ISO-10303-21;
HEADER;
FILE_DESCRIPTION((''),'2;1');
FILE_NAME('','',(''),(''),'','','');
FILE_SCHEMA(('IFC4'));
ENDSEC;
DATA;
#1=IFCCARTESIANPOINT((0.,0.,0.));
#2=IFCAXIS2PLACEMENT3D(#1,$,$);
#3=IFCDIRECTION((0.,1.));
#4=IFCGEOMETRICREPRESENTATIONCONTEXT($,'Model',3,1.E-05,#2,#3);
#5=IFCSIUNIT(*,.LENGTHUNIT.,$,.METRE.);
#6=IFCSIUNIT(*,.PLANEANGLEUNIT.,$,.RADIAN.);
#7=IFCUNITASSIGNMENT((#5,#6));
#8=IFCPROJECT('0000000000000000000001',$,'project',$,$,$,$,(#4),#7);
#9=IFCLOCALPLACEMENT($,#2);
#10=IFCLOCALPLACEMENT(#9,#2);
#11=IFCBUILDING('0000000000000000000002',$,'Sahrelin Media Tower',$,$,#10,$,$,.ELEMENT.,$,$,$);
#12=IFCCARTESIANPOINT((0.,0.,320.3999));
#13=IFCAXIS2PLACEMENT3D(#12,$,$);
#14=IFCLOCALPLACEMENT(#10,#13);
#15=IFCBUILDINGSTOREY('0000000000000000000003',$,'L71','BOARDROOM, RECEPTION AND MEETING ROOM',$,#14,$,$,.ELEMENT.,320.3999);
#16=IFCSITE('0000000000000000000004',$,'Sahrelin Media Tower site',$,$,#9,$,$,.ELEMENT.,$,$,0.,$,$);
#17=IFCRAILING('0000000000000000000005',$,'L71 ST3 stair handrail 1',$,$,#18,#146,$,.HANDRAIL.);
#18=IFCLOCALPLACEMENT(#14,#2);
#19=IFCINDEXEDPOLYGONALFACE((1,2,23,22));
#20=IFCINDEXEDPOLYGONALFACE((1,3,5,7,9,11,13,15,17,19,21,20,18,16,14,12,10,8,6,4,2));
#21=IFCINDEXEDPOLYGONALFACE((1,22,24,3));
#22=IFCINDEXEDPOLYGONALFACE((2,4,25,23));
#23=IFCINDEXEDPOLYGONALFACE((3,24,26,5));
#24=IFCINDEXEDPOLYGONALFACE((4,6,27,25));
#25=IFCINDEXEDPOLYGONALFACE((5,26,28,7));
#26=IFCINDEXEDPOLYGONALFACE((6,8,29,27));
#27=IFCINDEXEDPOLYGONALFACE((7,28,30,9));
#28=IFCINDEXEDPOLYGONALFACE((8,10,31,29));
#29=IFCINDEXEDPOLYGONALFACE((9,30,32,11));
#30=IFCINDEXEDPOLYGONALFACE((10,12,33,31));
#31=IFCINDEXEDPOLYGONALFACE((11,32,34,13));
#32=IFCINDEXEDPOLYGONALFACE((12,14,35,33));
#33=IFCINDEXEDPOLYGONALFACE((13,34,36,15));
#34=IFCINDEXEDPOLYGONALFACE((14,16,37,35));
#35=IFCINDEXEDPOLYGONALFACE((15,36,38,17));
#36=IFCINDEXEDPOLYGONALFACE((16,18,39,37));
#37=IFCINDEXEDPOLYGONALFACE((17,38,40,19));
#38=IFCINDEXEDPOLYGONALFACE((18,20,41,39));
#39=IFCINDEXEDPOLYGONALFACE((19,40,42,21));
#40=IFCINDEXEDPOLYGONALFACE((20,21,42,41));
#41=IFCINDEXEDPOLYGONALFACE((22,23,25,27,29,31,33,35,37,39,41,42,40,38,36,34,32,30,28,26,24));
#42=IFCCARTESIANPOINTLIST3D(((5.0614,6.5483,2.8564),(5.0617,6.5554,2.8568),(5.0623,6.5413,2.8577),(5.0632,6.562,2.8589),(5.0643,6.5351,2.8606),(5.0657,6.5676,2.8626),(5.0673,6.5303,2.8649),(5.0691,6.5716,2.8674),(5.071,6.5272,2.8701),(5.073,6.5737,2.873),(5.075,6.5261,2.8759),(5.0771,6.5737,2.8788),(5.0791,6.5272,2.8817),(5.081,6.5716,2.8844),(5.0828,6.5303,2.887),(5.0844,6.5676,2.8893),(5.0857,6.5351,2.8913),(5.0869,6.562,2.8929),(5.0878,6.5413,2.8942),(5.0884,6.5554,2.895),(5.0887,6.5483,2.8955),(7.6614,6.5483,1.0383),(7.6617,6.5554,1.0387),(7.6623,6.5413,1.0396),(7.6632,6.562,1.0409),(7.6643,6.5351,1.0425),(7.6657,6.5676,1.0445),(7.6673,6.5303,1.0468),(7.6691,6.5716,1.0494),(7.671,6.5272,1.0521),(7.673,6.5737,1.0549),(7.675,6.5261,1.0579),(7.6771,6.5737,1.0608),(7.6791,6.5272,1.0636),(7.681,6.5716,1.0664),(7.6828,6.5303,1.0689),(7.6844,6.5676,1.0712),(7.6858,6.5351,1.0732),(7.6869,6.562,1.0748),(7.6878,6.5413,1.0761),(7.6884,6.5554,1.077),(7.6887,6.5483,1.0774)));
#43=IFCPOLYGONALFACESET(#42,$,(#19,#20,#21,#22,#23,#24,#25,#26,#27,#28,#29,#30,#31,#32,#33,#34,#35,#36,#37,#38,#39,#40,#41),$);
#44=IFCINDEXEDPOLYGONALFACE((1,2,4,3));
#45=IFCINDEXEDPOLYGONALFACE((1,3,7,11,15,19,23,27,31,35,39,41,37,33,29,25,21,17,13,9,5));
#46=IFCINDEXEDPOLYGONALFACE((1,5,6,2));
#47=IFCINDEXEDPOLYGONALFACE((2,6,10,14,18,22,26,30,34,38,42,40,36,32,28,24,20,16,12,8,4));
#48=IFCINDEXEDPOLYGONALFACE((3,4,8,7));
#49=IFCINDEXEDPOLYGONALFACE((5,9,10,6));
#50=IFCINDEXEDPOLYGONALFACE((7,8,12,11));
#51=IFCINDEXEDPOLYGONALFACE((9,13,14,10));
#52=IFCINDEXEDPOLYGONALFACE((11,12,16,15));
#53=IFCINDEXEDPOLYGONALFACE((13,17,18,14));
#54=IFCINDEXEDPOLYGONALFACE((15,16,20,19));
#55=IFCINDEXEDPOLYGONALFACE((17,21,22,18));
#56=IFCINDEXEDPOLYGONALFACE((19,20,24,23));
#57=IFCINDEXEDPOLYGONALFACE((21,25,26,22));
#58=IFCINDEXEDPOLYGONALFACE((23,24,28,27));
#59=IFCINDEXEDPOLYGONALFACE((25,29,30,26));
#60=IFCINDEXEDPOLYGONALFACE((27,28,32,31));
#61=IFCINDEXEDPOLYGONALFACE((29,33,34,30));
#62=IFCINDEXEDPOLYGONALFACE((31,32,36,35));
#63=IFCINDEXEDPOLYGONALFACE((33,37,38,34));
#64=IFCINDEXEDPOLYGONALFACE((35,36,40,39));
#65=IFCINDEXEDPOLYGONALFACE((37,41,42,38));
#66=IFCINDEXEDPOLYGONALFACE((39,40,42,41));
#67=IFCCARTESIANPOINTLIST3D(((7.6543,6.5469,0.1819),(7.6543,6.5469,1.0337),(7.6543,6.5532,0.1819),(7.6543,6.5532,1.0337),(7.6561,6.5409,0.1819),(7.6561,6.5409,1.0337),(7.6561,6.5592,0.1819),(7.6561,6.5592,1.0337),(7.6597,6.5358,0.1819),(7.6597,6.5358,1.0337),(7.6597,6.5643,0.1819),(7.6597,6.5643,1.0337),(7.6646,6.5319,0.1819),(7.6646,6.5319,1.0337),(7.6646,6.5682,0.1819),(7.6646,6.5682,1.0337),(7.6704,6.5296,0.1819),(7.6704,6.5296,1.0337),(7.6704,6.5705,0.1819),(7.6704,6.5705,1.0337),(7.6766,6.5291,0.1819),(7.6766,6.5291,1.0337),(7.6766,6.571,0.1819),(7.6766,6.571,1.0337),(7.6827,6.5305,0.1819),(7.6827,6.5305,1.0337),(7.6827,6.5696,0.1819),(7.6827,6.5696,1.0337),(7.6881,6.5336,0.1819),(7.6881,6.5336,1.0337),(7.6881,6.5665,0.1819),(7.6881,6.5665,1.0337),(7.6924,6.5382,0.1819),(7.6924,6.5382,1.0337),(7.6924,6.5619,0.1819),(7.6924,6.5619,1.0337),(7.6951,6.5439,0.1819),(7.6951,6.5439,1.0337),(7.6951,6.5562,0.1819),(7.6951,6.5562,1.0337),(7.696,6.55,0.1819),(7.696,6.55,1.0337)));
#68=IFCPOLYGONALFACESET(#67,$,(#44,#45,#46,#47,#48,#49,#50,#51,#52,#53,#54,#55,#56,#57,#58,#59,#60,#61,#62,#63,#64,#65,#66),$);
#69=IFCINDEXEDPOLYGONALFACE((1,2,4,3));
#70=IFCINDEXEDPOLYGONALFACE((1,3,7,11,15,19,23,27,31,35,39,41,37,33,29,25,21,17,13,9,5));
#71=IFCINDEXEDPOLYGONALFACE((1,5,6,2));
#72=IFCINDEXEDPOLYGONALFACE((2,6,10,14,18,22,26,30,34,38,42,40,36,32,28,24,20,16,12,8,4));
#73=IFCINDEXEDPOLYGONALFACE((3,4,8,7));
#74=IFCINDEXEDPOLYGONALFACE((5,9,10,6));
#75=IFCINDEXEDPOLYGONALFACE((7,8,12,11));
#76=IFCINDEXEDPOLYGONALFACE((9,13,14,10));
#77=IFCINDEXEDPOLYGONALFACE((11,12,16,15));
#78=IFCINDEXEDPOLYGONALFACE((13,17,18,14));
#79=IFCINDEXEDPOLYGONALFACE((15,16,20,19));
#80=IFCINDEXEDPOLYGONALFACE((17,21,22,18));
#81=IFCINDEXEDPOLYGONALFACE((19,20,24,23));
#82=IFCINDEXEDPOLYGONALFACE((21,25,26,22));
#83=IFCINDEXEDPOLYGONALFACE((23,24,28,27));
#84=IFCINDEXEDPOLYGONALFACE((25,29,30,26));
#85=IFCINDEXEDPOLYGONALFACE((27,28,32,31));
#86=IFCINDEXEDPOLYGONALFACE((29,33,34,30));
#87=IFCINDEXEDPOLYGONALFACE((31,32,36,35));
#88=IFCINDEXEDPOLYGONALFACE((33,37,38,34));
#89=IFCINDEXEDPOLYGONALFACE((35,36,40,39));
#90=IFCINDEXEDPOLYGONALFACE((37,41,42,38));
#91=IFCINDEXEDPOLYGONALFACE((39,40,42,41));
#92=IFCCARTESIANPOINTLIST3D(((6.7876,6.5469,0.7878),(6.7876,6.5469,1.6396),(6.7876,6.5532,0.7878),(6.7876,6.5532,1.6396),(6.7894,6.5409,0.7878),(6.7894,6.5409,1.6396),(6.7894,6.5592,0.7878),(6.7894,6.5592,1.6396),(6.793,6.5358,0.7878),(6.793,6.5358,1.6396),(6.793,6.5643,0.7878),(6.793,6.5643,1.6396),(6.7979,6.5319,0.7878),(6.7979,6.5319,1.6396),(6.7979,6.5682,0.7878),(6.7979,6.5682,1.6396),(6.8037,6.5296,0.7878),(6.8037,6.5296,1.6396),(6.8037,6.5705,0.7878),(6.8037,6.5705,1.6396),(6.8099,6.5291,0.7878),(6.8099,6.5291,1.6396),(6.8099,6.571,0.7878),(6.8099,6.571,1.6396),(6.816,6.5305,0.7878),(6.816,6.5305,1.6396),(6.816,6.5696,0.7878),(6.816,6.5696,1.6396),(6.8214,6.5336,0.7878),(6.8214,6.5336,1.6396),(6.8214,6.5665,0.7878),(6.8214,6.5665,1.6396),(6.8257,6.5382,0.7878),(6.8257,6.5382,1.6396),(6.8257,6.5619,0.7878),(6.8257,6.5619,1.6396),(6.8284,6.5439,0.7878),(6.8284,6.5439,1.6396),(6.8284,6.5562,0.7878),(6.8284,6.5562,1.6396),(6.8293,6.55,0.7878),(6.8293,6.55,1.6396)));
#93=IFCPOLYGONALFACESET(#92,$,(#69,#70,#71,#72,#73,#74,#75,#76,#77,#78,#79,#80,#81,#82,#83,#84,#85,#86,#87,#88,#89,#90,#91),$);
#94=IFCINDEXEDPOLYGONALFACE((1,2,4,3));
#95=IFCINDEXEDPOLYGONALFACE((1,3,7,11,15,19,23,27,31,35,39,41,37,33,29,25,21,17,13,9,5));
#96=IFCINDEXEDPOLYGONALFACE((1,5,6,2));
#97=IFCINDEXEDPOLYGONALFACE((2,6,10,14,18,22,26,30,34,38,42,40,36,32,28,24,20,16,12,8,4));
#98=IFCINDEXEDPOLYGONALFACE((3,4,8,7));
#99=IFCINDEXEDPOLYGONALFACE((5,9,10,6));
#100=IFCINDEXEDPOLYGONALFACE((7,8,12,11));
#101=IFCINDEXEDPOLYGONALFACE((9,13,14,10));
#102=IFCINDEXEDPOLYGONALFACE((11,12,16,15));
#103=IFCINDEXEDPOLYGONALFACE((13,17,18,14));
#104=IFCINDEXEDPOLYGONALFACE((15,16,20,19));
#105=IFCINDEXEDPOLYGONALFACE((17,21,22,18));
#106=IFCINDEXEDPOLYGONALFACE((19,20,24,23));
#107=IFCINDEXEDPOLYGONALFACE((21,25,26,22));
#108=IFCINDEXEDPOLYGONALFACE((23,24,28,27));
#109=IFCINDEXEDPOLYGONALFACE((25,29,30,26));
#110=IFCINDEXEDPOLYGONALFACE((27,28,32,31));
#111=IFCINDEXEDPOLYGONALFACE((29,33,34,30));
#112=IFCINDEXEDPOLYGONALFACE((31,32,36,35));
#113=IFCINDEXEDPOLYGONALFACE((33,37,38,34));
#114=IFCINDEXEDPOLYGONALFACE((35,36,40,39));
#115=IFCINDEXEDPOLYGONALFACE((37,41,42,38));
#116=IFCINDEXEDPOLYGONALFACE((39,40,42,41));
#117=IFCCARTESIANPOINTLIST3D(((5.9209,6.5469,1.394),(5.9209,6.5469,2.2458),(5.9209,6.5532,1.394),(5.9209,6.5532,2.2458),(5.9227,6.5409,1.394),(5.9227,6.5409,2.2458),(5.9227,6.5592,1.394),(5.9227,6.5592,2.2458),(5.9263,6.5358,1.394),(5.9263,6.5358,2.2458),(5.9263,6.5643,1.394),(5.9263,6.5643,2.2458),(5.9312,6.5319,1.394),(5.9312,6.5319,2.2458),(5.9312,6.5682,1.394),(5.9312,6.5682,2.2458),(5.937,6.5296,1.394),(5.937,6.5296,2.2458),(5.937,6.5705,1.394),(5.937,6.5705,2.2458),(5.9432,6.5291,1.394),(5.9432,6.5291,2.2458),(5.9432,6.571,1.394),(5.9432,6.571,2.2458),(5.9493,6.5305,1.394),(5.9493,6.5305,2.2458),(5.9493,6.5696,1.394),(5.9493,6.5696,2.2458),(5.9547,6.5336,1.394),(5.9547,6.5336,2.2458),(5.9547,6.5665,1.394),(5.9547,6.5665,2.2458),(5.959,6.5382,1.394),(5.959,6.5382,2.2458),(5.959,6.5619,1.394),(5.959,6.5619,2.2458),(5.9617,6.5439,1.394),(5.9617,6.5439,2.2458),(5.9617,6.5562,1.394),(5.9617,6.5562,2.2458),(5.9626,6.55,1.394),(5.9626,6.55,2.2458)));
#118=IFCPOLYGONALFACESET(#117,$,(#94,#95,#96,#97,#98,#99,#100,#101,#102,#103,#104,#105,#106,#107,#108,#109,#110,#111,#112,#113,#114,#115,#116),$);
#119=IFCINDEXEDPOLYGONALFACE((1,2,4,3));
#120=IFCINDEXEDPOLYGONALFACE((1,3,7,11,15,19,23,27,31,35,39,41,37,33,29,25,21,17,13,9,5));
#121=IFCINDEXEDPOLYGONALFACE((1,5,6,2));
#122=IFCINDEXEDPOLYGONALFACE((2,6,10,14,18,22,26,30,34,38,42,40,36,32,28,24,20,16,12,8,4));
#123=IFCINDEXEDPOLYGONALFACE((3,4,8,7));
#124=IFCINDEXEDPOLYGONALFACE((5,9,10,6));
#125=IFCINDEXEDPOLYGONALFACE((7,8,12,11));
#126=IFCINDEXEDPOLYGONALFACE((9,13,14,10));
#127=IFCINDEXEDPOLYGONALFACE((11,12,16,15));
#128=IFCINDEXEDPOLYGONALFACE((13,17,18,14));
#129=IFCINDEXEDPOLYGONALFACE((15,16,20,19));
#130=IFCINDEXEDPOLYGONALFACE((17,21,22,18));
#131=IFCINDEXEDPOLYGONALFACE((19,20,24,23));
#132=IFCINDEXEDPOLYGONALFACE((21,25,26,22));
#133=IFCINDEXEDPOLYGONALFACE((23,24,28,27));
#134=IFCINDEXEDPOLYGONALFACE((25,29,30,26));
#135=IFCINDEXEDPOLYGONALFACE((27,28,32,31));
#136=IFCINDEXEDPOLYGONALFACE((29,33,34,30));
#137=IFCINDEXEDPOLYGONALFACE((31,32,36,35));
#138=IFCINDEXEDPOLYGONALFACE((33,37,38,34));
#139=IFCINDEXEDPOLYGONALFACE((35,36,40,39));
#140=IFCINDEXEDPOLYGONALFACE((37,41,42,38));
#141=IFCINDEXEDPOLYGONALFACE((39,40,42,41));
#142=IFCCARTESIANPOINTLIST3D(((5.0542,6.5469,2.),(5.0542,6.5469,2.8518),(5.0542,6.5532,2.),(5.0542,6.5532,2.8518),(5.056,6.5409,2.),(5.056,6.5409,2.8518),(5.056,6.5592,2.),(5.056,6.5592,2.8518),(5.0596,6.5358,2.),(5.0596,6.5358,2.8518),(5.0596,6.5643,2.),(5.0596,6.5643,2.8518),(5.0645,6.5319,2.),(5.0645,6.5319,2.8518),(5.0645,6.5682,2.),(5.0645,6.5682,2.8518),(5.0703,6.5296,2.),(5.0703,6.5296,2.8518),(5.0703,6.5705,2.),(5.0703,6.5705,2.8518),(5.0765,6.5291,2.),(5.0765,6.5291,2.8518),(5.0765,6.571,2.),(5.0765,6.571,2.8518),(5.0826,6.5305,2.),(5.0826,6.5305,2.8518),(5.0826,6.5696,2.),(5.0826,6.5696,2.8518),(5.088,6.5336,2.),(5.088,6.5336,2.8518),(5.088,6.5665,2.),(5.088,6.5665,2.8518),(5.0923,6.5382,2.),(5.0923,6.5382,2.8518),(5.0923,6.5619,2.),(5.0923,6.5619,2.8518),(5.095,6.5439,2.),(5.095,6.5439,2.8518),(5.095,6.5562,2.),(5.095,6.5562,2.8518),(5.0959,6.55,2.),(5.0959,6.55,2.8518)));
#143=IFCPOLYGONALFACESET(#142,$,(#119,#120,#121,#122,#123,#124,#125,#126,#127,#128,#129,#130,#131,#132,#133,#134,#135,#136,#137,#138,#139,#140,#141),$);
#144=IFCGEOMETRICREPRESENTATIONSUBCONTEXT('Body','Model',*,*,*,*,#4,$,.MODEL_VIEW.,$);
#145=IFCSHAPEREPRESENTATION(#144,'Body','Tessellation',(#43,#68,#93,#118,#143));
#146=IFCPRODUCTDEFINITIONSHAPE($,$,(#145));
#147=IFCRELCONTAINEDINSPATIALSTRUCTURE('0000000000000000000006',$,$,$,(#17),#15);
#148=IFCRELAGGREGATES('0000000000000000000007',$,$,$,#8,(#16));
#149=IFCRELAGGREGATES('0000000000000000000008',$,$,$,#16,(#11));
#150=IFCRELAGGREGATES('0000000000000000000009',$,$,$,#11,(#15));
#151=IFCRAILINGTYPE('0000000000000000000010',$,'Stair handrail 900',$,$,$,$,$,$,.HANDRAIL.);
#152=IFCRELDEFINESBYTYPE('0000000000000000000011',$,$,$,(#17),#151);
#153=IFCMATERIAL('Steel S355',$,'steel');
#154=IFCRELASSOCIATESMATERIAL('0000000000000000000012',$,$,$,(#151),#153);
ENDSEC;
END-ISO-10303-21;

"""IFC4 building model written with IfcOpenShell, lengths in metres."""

from ifc_helpers import new_model, si_unit, direction, frame, origin, origin_2d, place, context, subcontext, project, spatial, circle, extrude, material, type_object, element, save


model = new_model("IFC4")

# Units and contexts
model_context = context("Model", 3, precision=1e-05, world=origin(), true_north=direction((0.0, 1.0)))
body_context = subcontext(model_context, "Body", "Model", "MODEL_VIEW")
ifc_project = project(units=[si_unit("LENGTHUNIT", "METRE"), si_unit("PLANEANGLEUNIT", "RADIAN")], contexts=[model_context])

# Site, building, storey
site_placement = place(None, origin())
site = spatial("IfcSite", under=ifc_project, at=site_placement, Name="Sahrelin Media Tower site", CompositionType="ELEMENT", RefElevation=0.0)
building_placement = place(site_placement, origin())
building = spatial("IfcBuilding", under=site, at=building_placement, Name="Sahrelin Media Tower", CompositionType="ELEMENT")
storey_placement = place(building_placement, frame((0.0, 0.0, 320.3999)))
storey = spatial("IfcBuildingStorey", under=building, at=storey_placement, Name="L71", Description="BOARDROOM, RECEPTION AND MEETING ROOM", CompositionType="ELEMENT", Elevation=320.3999)

# Shared definitions
ifc_material_1 = material(Name="Steel S355", Category="steel")

# Railing
railing_type_1 = type_object("IfcRailingType", Name="Stair handrail 900", PredefinedType="HANDRAIL", material=ifc_material_1)
railing_1_placement = place(storey_placement, frame((7.675, 6.55, 0.1819)))
element("IfcRailing", 1, at=railing_1_placement, inside=storey, type_object=railing_type_1, Name="L71 ST3 stair handrail 1", PredefinedType="HANDRAIL", context=body_context, shape_type="SweptSolid", body=[
    extrude(circle(Radius=0.0239, at=origin_2d()), frame((0.0, 0.0, 0.876), z_axis=(-0.819521, 0.0, 0.573049), x_axis=(0.0, -1.0, 0.0)), (0.0, 0.0, 1.0), 3.1726),
    extrude(circle(Radius=0.021, at=origin_2d()), origin(), (0.0, 0.0, 1.0), 0.8518),
    extrude(circle(Radius=0.021, at=origin_2d()), frame((-0.8667, 0.0, 0.606)), (0.0, 0.0, 1.0), 0.8518),
    extrude(circle(Radius=0.021, at=origin_2d()), frame((-1.7334, 0.0, 1.2122)), (0.0, 0.0, 1.0), 0.8518),
    extrude(circle(Radius=0.021, at=origin_2d()), frame((-2.6001, 0.0, 1.8181)), (0.0, 0.0, 1.0), 0.8518),
])

save(model, "model.ifc")
